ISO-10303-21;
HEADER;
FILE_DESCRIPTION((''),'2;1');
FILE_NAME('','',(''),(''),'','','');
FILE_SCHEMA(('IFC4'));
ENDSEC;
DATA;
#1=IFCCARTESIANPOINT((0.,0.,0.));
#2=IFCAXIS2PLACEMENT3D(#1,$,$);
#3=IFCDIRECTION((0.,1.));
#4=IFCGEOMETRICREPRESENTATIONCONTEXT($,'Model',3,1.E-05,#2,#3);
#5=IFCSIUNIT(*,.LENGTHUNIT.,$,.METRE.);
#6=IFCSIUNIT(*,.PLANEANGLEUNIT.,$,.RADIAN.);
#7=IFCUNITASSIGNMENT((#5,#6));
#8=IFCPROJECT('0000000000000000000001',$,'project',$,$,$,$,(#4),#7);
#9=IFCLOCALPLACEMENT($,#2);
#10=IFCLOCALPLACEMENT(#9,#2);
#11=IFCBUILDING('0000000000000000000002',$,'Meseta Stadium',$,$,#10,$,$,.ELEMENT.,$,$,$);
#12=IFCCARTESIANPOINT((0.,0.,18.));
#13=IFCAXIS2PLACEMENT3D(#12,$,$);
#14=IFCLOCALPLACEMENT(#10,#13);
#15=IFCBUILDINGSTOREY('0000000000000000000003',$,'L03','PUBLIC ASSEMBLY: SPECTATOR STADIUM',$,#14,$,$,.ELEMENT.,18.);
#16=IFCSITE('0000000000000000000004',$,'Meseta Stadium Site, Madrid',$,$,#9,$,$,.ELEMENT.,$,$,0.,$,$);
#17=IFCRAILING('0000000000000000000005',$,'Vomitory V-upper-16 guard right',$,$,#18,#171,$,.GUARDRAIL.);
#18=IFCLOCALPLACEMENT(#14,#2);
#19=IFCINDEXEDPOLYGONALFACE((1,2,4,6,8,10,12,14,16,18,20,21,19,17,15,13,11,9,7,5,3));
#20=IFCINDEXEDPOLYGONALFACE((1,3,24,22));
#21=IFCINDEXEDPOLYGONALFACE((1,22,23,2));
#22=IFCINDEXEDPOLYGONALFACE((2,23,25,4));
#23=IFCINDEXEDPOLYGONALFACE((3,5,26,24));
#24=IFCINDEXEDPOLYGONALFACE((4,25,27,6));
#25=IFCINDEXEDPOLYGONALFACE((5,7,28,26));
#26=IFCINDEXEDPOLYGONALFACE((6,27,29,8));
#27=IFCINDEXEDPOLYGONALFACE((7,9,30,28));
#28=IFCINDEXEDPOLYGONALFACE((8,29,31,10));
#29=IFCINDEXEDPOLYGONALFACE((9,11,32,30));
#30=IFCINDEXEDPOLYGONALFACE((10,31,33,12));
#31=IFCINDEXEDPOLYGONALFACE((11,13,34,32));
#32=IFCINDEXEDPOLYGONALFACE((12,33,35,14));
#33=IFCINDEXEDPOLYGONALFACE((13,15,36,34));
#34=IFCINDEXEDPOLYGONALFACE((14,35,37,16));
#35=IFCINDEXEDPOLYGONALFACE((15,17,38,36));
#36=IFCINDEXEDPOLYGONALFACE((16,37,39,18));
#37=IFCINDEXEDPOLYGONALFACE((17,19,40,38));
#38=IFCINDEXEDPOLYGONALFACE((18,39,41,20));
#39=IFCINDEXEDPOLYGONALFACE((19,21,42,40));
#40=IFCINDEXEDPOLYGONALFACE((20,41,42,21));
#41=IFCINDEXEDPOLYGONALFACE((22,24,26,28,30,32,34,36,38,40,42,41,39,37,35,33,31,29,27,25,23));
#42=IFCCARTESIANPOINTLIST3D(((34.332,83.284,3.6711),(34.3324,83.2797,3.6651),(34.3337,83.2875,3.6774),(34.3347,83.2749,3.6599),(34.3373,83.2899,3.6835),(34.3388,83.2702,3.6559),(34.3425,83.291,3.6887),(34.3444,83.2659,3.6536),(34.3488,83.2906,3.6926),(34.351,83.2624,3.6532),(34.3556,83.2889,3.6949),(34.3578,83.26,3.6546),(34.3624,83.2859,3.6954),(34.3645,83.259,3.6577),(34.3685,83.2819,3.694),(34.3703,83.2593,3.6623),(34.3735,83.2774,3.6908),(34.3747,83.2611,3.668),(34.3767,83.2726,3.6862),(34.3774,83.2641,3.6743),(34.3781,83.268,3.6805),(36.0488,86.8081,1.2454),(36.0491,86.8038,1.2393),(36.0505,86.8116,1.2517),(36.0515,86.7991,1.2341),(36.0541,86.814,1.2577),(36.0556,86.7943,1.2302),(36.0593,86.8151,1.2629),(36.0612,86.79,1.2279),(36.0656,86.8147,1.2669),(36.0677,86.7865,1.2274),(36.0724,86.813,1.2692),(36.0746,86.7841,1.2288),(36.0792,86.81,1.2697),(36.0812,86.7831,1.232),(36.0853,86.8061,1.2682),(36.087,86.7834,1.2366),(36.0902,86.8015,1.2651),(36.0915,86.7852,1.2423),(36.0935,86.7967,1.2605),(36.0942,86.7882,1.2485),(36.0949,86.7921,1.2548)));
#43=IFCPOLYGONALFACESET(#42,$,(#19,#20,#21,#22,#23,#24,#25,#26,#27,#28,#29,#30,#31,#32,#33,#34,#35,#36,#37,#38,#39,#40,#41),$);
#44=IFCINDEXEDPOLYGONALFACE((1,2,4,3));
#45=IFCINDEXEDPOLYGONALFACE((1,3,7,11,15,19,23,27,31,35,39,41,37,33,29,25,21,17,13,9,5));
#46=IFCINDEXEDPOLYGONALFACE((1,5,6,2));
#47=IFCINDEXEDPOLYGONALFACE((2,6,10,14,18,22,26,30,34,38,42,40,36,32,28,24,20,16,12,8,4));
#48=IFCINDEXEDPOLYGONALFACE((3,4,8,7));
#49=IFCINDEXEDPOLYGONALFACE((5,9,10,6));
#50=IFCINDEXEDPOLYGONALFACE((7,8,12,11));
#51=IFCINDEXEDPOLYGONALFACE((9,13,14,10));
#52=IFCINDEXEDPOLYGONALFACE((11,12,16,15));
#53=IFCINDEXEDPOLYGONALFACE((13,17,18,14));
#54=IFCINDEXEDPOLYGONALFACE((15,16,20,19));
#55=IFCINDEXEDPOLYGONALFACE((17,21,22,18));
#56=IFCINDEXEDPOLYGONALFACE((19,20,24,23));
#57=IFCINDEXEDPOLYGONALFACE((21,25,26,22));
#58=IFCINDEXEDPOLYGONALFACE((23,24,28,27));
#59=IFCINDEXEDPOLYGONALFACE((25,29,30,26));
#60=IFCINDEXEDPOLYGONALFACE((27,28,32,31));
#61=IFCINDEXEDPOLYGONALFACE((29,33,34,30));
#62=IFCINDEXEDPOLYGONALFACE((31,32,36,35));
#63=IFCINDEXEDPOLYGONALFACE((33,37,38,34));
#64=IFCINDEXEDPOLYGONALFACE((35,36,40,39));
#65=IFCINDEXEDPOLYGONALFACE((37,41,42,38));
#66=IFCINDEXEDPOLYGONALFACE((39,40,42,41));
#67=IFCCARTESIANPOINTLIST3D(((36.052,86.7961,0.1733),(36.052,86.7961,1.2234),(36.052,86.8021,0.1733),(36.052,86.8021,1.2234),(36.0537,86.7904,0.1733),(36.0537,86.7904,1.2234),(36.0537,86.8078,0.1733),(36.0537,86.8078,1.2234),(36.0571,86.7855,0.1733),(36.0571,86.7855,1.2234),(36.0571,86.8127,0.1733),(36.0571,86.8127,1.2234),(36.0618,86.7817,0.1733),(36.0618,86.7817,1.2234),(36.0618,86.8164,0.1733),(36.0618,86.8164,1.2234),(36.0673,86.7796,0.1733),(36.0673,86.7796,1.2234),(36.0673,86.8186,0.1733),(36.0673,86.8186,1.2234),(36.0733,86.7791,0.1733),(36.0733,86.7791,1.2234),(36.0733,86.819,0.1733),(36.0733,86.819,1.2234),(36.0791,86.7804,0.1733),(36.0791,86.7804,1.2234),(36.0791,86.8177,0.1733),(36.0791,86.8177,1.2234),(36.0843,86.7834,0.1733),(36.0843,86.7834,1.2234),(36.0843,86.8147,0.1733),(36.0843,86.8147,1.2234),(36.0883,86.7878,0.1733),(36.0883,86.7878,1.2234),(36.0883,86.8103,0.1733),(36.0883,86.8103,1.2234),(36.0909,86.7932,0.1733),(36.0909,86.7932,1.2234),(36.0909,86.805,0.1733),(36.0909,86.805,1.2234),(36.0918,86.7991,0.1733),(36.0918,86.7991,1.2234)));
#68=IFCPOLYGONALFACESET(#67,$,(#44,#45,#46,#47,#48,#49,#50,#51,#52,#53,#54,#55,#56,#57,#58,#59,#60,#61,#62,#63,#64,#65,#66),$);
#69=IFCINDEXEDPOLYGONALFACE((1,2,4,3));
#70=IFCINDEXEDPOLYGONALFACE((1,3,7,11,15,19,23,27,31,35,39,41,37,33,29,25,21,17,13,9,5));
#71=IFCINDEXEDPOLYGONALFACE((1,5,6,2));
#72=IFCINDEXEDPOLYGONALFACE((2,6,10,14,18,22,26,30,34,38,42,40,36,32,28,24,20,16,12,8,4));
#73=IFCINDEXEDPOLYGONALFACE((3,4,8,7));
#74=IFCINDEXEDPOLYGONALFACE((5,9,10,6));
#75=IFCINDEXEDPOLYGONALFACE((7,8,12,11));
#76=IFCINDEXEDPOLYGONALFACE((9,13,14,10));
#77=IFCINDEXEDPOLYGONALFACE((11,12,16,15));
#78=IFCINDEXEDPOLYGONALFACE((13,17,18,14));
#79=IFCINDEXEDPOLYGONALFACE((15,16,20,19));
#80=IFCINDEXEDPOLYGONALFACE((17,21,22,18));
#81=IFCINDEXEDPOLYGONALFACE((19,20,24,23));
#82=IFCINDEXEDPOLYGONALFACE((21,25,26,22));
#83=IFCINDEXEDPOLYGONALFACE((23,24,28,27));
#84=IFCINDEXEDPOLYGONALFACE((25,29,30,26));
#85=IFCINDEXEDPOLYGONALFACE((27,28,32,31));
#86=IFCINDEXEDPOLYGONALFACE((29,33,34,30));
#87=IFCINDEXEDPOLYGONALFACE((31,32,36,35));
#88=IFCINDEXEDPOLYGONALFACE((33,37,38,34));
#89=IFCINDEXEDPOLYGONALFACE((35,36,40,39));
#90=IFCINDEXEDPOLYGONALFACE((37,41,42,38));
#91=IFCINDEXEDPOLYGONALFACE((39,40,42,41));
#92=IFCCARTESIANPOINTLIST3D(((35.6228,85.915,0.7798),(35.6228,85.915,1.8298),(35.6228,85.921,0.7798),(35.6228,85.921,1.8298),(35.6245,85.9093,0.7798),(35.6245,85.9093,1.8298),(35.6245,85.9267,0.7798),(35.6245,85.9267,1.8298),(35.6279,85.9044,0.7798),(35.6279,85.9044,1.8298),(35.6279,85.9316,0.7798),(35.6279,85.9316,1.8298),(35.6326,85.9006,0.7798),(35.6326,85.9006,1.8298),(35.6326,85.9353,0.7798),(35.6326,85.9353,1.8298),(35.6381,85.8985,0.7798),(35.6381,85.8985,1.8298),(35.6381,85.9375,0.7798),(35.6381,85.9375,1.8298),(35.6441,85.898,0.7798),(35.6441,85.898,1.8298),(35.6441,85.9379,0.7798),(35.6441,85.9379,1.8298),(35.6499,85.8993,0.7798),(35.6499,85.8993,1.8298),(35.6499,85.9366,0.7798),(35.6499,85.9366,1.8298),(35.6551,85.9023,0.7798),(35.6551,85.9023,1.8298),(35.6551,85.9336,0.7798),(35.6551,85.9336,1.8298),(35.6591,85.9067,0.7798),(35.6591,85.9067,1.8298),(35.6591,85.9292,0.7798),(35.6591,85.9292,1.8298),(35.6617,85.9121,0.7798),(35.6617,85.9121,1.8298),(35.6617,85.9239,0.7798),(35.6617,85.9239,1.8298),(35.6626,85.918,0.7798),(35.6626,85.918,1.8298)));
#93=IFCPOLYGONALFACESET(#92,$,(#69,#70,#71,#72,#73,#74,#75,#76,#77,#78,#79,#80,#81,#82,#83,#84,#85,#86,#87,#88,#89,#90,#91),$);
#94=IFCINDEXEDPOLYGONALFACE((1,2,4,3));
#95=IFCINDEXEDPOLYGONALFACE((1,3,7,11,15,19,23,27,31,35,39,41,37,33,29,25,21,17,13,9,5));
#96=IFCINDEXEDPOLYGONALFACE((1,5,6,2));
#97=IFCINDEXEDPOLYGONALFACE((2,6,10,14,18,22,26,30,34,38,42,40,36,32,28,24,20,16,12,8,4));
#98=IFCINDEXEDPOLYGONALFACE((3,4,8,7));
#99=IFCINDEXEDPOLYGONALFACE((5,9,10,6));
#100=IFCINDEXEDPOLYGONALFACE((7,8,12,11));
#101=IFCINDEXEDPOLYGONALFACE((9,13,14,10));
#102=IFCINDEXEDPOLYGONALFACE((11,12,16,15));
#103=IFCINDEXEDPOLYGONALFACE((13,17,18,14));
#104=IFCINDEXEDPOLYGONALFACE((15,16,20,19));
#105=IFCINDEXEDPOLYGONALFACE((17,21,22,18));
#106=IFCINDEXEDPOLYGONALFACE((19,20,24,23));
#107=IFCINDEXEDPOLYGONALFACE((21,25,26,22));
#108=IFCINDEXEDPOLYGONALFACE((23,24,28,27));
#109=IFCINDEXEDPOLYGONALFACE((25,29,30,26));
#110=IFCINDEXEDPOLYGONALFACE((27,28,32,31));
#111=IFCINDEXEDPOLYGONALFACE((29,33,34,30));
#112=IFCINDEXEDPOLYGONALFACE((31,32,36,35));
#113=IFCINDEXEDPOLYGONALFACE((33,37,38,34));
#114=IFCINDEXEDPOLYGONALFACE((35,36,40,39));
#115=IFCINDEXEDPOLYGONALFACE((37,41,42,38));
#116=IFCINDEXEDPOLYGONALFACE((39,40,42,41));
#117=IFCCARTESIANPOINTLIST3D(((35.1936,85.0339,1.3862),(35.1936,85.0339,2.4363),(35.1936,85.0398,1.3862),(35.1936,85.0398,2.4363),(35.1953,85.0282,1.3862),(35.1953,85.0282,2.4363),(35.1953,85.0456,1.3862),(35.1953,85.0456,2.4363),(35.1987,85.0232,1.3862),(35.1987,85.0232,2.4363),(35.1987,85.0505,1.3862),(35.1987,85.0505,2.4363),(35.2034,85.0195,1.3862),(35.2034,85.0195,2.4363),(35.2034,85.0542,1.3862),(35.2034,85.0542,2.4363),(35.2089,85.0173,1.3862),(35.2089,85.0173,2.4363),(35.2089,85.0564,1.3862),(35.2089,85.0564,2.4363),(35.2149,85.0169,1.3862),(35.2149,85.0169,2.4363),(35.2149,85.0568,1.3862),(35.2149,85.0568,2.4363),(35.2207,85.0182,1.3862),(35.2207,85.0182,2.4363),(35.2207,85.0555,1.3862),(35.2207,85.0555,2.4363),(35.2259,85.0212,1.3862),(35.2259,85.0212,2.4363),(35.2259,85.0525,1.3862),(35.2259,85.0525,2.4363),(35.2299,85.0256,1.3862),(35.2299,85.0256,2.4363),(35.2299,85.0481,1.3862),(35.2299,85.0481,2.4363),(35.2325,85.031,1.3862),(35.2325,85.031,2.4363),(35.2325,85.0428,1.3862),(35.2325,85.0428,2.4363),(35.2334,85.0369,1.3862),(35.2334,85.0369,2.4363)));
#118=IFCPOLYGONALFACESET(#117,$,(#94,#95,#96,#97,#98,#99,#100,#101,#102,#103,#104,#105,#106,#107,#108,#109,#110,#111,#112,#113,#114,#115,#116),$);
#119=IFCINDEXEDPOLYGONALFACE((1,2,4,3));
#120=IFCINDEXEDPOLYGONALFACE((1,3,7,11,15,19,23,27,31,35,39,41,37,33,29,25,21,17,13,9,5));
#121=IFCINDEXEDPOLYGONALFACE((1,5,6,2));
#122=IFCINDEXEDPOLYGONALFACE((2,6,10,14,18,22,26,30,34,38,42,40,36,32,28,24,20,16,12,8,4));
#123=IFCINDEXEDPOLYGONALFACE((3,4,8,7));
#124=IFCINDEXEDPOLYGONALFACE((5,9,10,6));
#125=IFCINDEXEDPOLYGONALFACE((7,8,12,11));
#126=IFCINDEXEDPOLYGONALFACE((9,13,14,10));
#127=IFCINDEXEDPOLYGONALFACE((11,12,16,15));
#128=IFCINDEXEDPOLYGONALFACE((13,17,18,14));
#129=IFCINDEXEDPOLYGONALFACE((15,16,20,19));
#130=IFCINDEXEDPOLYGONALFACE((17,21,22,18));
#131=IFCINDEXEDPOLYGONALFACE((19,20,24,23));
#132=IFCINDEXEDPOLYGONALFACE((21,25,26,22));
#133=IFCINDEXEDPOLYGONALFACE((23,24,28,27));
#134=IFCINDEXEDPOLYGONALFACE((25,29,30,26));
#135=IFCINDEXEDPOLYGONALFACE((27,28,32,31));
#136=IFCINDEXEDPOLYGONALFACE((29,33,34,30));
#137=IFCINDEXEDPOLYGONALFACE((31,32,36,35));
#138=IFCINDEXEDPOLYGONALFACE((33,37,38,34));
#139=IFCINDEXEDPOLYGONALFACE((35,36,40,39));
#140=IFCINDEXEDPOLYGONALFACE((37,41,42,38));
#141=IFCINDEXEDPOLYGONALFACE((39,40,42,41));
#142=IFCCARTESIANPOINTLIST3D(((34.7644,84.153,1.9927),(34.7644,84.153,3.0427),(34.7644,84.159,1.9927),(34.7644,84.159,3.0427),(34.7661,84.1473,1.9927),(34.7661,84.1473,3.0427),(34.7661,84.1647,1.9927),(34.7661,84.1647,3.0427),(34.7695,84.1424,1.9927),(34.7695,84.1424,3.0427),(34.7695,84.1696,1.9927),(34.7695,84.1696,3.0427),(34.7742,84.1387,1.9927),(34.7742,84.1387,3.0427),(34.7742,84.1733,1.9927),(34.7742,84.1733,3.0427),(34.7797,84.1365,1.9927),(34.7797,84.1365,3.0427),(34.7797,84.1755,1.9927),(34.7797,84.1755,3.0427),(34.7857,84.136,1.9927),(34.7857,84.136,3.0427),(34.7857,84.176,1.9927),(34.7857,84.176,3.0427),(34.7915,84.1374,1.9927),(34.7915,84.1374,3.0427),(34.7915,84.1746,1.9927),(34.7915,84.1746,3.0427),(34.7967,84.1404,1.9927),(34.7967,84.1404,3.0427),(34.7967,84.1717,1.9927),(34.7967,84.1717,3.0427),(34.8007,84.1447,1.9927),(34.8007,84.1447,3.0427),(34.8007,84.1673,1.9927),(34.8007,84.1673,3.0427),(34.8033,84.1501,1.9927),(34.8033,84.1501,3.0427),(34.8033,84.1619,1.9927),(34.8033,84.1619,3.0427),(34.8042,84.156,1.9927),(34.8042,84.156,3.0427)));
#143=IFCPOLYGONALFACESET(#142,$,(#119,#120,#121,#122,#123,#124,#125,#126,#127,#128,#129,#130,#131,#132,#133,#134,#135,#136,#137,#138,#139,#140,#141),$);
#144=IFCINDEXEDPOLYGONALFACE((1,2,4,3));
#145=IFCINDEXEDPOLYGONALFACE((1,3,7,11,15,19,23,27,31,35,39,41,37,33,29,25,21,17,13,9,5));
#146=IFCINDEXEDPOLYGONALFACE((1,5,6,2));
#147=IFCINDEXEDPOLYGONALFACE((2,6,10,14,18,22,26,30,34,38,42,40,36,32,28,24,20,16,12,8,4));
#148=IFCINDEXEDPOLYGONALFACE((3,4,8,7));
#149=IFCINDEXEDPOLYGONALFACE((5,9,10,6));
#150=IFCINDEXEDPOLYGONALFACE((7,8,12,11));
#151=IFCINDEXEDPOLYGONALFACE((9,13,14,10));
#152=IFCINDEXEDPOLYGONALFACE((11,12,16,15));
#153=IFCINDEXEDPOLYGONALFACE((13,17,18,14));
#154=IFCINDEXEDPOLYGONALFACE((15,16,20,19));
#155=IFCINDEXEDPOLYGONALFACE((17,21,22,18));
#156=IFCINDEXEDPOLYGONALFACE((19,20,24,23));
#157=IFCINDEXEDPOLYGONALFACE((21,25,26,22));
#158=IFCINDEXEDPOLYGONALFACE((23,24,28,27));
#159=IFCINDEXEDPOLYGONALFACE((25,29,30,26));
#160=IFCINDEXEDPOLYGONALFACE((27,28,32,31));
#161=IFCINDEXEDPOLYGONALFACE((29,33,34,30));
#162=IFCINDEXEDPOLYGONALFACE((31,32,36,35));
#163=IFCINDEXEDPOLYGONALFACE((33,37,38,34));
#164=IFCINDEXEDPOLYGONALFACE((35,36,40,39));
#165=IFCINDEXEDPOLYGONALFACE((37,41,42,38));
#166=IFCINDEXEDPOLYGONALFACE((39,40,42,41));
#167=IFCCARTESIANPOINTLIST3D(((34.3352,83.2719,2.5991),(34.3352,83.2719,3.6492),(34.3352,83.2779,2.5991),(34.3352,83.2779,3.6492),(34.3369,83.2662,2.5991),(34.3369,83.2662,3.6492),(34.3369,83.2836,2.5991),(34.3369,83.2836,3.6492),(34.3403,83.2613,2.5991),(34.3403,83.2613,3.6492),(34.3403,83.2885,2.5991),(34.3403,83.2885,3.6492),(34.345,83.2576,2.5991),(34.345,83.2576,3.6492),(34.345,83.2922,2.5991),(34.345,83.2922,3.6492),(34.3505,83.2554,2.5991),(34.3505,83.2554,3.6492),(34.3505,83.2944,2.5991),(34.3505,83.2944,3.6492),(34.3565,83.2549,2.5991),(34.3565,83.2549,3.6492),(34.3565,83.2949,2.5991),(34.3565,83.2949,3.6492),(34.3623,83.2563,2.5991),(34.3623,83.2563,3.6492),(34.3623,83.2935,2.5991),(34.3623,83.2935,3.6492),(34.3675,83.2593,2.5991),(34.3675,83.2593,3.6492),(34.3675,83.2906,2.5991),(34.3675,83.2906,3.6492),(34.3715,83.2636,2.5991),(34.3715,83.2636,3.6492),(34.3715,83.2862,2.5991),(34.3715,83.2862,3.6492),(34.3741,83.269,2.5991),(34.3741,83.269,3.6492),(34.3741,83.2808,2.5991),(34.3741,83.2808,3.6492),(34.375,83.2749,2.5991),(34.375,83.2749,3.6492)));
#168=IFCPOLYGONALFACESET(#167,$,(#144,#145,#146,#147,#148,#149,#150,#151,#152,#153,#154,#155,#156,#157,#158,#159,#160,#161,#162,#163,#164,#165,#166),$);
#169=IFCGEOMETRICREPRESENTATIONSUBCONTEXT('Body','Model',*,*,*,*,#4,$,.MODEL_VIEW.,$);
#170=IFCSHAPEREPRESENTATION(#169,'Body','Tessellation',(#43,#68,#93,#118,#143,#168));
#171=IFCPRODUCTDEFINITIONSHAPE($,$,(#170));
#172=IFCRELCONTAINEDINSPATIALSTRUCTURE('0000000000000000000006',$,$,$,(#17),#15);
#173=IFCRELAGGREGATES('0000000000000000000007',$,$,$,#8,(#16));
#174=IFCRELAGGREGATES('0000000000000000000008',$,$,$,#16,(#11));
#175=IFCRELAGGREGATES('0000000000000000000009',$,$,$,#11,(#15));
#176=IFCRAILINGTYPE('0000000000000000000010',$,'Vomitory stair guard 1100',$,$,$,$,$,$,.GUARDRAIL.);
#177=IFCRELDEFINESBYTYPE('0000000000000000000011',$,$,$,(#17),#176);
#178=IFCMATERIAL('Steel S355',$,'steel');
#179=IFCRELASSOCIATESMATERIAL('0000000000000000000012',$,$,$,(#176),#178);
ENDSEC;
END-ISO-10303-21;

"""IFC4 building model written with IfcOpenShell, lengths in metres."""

from ifc_helpers import new_model, si_unit, direction, frame, origin, origin_2d, place, context, subcontext, project, spatial, circle, extrude, material, type_object, element, save


model = new_model("IFC4")

# Units and contexts
model_context = context("Model", 3, precision=1e-05, world=origin(), true_north=direction((0.0, 1.0)))
body_context = subcontext(model_context, "Body", "Model", "MODEL_VIEW")
ifc_project = project(units=[si_unit("LENGTHUNIT", "METRE"), si_unit("PLANEANGLEUNIT", "RADIAN")], contexts=[model_context])

# Site, building, storey
site_placement = place(None, origin())
site = spatial("IfcSite", under=ifc_project, at=site_placement, Name="Meseta Stadium Site, Madrid", CompositionType="ELEMENT", RefElevation=0.0)
building_placement = place(site_placement, origin())
building = spatial("IfcBuilding", under=site, at=building_placement, Name="Meseta Stadium", CompositionType="ELEMENT")
storey_placement = place(building_placement, frame((0.0, 0.0, 18.0)))
storey = spatial("IfcBuildingStorey", under=building, at=storey_placement, Name="L03", Description="PUBLIC ASSEMBLY: SPECTATOR STADIUM", CompositionType="ELEMENT", Elevation=18.0)

# Railing
ifc_material_1 = material(Name="Steel S355", Category="steel")
railing_type_1 = type_object("IfcRailingType", Name="Vomitory stair guard 1100", PredefinedType="GUARDRAIL", material=ifc_material_1)
railing_1_placement = place(storey_placement, frame((36.0718, 86.7991, 0.1733)))
element("IfcRailing", 1, at=railing_1_placement, inside=storey, type_object=railing_type_1, Name="Vomitory V-upper-16 guard right", PredefinedType="GUARDRAIL", context=body_context, shape_type="SweptSolid", body=[
    extrude(circle(Radius=0.0249, at=origin_2d()), frame((0.0, 0.0, 1.0752), z_axis=(-0.372412, -0.764471, 0.526206), x_axis=(0.899001, -0.437947, 0.0)), (0.0, 0.0, 1.0), 4.6099),
    extrude(circle(Radius=0.02, at=origin_2d()), origin(), (0.0, 0.0, 1.0), 1.05),
    extrude(circle(Radius=0.02, at=origin_2d()), frame((-0.4292, -0.8811, 0.6064)), (0.0, 0.0, 1.0), 1.05),
    extrude(circle(Radius=0.02, at=origin_2d()), frame((-0.8584, -1.7622, 1.2129)), (0.0, 0.0, 1.0), 1.05),
    extrude(circle(Radius=0.02, at=origin_2d()), frame((-1.2876, -2.6431, 1.8193)), (0.0, 0.0, 1.0), 1.05),
    extrude(circle(Radius=0.02, at=origin_2d()), frame((-1.7168, -3.5242, 2.4258)), (0.0, 0.0, 1.0), 1.05),
])

save(model, "model.ifc")
